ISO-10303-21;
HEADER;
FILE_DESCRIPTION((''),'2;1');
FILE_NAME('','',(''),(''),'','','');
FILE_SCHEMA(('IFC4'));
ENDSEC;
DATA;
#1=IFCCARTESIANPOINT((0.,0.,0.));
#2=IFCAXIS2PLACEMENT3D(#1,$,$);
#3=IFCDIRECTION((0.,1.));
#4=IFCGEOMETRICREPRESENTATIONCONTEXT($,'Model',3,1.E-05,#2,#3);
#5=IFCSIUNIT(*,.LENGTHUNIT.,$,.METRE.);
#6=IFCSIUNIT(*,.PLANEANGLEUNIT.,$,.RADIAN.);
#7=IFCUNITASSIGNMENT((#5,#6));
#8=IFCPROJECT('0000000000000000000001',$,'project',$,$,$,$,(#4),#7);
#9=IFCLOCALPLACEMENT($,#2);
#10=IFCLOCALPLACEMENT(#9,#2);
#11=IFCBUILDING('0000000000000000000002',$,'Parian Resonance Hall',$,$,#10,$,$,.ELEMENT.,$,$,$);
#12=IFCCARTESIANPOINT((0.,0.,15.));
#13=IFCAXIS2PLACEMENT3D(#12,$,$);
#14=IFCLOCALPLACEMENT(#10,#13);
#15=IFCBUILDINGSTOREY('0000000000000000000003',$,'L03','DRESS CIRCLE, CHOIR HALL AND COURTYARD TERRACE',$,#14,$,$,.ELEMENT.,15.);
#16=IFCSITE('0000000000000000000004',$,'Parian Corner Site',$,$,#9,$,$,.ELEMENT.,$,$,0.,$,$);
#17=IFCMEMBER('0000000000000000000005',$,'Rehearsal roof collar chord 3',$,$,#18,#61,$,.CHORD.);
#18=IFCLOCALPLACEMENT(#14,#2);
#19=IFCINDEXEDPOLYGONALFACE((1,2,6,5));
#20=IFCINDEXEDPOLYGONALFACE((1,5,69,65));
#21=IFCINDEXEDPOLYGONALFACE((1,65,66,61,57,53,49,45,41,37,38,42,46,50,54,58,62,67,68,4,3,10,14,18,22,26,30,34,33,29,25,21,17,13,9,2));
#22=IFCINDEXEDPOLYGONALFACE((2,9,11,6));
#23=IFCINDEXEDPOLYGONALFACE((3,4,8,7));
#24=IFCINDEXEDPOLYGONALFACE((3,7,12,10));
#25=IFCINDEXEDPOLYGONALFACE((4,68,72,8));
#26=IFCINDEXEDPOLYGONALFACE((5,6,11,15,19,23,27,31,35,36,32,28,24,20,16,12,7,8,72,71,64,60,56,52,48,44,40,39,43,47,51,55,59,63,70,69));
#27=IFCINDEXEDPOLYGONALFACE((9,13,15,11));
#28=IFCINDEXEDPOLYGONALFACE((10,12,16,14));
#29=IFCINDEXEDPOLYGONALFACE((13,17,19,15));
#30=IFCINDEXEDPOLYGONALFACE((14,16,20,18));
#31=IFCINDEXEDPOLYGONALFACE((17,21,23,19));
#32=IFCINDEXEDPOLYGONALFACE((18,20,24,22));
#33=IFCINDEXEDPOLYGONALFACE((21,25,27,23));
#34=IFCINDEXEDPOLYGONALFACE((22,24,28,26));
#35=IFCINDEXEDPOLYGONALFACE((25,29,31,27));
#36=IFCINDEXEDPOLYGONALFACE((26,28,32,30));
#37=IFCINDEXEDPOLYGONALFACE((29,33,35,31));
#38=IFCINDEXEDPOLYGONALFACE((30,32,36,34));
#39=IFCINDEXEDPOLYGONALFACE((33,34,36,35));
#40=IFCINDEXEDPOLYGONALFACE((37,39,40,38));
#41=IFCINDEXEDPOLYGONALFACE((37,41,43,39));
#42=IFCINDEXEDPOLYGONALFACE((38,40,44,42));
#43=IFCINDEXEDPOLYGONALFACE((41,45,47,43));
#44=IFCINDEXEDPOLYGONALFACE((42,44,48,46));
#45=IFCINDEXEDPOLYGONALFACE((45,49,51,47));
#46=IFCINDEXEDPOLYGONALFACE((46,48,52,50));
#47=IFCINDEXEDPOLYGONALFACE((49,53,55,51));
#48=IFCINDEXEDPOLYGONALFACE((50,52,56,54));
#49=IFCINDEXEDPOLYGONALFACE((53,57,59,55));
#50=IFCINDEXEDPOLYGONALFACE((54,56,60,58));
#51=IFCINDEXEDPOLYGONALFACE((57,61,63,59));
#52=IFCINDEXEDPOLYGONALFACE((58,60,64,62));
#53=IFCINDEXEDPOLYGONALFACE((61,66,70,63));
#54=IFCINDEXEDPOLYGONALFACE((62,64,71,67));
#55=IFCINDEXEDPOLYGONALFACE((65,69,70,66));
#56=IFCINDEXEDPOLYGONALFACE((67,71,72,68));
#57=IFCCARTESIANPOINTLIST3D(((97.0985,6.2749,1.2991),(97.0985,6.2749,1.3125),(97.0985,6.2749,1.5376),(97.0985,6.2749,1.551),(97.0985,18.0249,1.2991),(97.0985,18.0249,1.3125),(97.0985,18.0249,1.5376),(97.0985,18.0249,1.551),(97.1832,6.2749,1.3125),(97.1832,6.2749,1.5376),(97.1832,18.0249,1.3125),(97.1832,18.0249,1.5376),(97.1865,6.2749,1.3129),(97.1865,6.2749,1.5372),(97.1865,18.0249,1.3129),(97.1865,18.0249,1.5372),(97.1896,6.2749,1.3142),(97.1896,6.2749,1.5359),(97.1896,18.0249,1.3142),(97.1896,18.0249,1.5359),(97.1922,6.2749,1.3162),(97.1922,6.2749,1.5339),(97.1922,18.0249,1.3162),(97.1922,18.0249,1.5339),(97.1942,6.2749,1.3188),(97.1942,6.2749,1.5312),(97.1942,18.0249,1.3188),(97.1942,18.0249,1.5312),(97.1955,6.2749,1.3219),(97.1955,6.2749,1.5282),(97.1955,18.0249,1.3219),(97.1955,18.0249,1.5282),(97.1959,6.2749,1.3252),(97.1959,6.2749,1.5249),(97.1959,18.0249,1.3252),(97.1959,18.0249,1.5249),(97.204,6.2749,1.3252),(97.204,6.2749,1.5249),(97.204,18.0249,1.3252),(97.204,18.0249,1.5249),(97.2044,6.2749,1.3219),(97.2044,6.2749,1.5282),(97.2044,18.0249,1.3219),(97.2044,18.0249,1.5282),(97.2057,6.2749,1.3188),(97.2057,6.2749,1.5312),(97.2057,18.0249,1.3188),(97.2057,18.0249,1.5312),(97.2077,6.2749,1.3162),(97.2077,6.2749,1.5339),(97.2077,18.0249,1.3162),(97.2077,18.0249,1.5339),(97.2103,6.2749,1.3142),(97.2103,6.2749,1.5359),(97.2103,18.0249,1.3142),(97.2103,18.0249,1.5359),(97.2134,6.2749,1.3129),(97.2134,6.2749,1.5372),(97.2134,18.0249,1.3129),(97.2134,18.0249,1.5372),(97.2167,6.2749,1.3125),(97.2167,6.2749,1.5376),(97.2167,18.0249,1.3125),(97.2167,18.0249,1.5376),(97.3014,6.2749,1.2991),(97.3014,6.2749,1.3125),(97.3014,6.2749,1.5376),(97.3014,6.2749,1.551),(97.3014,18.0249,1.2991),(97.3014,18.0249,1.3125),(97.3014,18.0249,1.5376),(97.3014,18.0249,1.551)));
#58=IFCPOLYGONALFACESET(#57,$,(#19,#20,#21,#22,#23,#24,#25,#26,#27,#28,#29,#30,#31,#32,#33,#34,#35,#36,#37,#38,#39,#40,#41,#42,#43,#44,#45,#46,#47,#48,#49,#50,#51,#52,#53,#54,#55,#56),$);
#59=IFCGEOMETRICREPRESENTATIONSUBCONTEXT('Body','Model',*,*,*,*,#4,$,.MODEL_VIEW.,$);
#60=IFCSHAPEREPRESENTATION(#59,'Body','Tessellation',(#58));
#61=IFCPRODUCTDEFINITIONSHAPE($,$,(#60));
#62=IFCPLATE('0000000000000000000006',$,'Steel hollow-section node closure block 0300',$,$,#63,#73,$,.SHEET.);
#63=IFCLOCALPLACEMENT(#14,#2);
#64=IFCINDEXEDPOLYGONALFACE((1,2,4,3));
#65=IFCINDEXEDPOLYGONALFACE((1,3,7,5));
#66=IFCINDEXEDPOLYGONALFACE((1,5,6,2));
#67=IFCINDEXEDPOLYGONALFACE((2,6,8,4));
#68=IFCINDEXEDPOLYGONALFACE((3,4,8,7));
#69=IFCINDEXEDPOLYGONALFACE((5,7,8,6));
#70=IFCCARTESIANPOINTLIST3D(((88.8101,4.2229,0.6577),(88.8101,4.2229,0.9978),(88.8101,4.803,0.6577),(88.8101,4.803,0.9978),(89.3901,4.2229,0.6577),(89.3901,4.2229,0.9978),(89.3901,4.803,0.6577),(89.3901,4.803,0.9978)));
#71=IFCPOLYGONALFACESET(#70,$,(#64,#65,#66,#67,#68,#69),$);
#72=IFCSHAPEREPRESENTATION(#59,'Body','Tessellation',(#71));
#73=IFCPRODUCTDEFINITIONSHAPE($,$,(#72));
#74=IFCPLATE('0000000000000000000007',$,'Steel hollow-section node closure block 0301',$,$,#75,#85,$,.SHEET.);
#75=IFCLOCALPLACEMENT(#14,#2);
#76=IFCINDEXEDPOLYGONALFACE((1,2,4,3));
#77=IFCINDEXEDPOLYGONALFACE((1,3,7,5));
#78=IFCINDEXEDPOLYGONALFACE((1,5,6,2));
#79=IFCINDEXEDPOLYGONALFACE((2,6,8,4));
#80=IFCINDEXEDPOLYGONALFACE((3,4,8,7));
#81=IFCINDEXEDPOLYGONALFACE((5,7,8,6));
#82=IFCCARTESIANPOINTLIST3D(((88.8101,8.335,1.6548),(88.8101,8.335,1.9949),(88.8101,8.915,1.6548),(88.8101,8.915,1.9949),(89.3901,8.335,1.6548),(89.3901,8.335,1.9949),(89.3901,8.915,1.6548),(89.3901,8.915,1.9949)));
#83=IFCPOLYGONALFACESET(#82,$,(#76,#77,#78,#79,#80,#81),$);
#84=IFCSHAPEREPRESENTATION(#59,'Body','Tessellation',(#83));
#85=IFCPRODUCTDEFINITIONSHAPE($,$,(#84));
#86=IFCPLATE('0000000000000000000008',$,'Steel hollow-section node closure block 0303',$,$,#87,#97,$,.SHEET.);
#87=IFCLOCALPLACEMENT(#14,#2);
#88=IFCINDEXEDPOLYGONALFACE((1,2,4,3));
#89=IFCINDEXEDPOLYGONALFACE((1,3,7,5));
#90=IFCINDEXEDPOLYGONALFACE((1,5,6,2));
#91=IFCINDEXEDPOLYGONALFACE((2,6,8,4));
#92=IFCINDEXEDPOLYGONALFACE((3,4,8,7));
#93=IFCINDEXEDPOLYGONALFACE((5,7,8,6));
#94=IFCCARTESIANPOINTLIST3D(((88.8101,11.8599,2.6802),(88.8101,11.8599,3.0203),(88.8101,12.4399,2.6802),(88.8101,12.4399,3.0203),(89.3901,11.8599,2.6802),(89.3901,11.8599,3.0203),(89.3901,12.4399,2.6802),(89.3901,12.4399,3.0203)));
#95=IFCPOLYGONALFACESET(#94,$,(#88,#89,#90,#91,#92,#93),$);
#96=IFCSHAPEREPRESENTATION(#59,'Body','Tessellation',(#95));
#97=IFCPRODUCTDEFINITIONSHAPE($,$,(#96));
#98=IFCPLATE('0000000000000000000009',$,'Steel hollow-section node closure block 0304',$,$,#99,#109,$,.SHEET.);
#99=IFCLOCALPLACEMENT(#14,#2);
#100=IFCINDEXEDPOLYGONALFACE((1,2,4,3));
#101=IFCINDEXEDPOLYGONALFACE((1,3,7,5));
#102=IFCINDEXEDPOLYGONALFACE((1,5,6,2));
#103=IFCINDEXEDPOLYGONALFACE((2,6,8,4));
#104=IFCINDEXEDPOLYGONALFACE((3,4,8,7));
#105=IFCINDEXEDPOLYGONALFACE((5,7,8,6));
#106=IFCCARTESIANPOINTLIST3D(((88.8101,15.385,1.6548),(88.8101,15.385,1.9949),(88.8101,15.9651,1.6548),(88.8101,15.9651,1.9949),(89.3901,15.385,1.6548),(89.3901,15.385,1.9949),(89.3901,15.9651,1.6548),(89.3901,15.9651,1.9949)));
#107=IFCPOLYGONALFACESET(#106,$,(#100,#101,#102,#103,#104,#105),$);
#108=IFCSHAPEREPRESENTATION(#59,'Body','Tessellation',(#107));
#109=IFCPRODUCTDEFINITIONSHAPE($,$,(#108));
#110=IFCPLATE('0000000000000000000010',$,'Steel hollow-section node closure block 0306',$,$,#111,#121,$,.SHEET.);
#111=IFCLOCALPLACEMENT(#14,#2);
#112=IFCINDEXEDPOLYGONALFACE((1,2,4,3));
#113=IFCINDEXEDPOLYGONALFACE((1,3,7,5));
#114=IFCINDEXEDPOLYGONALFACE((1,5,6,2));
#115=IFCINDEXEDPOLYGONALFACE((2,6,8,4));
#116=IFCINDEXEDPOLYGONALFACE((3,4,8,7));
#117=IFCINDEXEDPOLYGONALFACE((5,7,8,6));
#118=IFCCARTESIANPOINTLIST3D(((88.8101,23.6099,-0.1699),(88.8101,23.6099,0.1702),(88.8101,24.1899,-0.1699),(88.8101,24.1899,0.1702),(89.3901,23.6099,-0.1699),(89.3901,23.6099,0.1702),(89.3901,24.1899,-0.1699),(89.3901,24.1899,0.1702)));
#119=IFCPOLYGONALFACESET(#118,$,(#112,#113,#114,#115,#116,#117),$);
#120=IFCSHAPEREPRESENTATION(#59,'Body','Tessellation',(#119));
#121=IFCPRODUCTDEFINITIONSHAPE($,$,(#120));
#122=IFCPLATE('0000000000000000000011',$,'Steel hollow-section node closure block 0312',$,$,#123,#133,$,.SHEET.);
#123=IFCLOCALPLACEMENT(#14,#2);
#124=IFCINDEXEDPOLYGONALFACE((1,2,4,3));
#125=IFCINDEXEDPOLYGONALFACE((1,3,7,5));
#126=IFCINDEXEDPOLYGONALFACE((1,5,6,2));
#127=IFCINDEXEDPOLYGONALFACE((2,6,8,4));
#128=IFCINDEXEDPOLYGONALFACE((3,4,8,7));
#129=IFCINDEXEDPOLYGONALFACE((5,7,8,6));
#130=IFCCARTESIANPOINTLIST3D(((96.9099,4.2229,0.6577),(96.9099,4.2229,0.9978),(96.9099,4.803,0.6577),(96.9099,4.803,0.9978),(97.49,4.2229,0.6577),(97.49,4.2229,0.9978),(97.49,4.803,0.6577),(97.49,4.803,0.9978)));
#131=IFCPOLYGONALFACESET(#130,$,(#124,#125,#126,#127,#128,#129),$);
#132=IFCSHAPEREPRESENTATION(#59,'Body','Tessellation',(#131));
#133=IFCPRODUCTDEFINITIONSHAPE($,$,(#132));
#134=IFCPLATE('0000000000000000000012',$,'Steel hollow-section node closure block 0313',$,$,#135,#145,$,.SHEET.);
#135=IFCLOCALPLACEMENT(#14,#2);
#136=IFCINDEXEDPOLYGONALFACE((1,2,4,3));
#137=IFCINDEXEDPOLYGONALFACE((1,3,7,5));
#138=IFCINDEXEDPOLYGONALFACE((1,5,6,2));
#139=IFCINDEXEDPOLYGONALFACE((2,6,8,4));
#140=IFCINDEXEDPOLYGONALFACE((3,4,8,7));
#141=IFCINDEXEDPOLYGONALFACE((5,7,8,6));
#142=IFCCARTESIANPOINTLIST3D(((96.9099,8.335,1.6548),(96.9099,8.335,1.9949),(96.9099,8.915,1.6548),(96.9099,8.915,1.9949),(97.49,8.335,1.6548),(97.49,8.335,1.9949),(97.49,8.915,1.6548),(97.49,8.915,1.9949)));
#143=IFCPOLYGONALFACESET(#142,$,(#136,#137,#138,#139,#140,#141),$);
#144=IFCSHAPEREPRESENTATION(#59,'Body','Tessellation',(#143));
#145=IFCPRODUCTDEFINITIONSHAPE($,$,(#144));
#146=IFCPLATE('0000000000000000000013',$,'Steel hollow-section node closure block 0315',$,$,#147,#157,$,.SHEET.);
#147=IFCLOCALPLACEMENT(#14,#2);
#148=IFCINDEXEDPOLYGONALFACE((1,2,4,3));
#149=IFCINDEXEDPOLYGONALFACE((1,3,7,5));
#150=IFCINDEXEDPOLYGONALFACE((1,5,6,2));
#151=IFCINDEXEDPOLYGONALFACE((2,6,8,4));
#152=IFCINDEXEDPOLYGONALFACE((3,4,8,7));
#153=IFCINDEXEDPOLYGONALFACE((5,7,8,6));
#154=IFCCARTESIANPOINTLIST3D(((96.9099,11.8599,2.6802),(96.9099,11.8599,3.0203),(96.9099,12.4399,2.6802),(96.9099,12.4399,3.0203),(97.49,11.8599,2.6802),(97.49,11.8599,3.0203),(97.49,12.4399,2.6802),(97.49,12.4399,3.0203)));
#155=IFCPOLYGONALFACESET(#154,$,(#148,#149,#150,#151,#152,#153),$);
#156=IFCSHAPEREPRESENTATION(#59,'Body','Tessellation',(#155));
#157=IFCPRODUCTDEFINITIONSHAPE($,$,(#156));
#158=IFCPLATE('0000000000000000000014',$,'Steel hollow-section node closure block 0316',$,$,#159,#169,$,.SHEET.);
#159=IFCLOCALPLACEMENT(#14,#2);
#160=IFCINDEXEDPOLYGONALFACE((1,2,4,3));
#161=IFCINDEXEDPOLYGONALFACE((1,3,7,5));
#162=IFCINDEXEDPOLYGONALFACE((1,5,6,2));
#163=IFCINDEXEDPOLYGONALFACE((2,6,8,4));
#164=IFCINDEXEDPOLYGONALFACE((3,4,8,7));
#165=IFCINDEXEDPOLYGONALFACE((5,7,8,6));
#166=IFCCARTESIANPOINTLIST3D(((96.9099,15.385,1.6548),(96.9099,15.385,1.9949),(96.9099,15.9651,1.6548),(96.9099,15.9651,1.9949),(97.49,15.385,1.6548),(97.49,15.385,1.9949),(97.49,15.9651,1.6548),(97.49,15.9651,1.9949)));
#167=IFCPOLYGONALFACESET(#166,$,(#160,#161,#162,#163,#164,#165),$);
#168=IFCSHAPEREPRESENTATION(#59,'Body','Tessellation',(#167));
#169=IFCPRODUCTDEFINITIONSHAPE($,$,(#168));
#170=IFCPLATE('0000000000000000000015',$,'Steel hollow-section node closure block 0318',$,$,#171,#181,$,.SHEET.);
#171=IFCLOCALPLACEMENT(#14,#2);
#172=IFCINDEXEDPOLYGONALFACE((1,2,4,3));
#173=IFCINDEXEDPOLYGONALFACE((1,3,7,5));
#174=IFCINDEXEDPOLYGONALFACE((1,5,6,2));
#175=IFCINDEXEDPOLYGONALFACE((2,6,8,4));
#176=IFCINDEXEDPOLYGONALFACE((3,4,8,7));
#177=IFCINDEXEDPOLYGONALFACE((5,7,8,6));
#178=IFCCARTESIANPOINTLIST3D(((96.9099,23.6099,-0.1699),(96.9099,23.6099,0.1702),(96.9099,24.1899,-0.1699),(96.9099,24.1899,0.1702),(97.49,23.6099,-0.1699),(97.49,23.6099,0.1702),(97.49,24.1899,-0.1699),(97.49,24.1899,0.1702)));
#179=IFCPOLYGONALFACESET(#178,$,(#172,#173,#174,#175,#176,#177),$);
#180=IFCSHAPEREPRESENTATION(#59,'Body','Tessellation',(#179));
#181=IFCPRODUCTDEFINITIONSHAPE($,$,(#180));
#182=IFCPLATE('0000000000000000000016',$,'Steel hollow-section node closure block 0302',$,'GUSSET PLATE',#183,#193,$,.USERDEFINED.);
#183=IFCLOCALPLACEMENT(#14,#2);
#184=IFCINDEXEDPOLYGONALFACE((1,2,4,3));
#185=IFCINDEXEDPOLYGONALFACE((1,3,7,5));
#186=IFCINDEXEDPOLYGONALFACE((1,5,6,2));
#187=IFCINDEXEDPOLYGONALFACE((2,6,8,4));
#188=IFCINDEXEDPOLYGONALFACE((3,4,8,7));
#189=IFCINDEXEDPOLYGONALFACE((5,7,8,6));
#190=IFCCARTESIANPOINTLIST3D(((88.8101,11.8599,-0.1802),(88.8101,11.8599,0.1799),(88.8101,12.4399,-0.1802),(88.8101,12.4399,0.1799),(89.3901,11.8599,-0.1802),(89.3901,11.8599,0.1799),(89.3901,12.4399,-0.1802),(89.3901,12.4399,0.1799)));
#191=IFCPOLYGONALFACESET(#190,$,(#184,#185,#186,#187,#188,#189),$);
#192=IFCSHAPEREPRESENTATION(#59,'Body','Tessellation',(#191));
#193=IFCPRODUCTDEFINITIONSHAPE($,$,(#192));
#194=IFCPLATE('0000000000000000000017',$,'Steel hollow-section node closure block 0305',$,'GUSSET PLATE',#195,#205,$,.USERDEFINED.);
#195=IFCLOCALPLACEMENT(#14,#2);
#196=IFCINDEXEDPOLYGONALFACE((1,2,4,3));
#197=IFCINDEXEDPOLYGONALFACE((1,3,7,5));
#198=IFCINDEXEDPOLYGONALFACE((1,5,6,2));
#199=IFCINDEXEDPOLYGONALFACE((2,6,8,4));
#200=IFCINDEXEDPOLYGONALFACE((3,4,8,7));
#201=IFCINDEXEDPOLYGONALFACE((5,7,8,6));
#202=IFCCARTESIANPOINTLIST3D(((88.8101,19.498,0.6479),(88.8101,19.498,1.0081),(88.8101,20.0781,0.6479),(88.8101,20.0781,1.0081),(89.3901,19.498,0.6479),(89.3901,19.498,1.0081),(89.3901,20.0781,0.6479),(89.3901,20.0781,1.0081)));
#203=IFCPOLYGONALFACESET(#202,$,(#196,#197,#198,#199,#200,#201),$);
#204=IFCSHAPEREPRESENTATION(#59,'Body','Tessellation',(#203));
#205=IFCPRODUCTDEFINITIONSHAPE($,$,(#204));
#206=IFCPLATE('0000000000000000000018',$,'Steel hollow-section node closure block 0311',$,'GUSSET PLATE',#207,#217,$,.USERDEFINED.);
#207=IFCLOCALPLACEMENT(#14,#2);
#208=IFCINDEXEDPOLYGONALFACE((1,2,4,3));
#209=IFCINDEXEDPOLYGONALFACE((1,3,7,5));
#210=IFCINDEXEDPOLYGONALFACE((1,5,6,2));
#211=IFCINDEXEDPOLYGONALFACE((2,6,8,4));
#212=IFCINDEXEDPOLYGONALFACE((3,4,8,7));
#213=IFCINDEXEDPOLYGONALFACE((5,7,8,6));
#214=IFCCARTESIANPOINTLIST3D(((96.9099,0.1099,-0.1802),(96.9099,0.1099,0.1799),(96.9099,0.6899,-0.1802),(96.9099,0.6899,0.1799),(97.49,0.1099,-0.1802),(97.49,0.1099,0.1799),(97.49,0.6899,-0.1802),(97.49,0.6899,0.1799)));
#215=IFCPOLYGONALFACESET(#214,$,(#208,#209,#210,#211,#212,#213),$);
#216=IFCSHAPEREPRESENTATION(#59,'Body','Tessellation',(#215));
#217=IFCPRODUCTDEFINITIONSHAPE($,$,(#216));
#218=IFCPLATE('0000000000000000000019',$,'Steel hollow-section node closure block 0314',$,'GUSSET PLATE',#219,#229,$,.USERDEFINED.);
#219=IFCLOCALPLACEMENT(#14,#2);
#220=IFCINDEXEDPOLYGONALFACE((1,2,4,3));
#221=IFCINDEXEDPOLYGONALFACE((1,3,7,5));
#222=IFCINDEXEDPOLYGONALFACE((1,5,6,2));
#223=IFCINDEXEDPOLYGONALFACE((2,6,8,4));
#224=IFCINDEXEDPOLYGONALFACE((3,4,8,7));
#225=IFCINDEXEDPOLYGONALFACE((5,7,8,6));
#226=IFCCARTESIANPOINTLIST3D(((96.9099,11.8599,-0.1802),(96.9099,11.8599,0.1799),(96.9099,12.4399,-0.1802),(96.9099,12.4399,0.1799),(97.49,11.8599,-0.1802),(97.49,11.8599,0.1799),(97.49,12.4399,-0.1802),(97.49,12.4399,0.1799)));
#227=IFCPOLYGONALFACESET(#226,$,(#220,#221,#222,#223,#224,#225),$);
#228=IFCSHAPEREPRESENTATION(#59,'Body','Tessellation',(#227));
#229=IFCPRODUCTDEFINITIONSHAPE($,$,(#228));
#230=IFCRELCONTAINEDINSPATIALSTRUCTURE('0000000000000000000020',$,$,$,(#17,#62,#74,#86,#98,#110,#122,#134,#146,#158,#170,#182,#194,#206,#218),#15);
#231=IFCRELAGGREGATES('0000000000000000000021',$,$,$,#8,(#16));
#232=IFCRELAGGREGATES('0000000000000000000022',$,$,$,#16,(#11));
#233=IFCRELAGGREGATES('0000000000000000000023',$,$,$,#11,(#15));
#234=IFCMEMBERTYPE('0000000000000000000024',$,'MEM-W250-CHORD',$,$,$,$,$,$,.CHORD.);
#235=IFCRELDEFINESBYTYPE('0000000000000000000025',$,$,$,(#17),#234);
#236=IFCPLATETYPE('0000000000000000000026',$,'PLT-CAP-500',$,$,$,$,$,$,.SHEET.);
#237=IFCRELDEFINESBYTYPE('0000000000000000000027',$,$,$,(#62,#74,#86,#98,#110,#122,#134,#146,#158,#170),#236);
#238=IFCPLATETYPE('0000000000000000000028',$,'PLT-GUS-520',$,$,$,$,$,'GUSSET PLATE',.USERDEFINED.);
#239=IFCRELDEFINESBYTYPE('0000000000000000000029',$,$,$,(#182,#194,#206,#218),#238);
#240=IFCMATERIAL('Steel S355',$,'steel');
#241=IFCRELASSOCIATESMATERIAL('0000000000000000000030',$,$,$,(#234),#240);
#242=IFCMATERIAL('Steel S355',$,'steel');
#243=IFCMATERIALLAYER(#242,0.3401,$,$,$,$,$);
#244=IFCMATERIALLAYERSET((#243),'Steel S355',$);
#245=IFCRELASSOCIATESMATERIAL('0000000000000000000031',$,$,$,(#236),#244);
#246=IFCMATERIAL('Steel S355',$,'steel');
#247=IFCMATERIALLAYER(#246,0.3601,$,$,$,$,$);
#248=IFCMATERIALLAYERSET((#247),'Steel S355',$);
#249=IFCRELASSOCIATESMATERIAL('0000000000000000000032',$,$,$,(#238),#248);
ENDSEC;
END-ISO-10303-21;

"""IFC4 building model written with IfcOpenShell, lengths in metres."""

from ifc_helpers import new_model, si_unit, direction, frame, origin, origin_2d, place, context, subcontext, project, spatial, rectangle, i_section, extrude, material, layer, layer_set, material_profile, profile_set, type_object, element, save


model = new_model("IFC4")

# Units and contexts
model_context = context("Model", 3, precision=1e-05, world=origin(), true_north=direction((0.0, 1.0)))
body_context = subcontext(model_context, "Body", "Model", "MODEL_VIEW")
ifc_project = project(units=[si_unit("LENGTHUNIT", "METRE"), si_unit("PLANEANGLEUNIT", "RADIAN")], contexts=[model_context])

# Site, building, storey
site_placement = place(None, origin())
site = spatial("IfcSite", under=ifc_project, at=site_placement, Name="Parian Corner Site", CompositionType="ELEMENT", RefElevation=0.0)
building_placement = place(site_placement, origin())
building = spatial("IfcBuilding", under=site, at=building_placement, Name="Parian Resonance Hall", CompositionType="ELEMENT")
storey_placement = place(building_placement, frame((0.0, 0.0, 15.0)))
storey = spatial("IfcBuildingStorey", under=building, at=storey_placement, Name="L03", Description="DRESS CIRCLE, CHOIR HALL AND COURTYARD TERRACE", CompositionType="ELEMENT", Elevation=15.0)

# Member
ifc_material_1 = material(Name="Steel S355", Category="steel")
ifc_material_profile_1 = material_profile(ifc_material_1, i_section(OverallWidth=0.2029, OverallDepth=0.252, WebThickness=0.0081, FlangeThickness=0.0134, FilletRadius=0.0127, at=origin_2d()), Name="W250x58")
ifc_profile_set_1 = profile_set([ifc_material_profile_1], Name="Steel S355")
member_type_1 = type_object("IfcMemberType", Name="MEM-W250-CHORD", PredefinedType="CHORD", material=ifc_profile_set_1)
for number, where, z_axis, x_axis, name in (
    (1, (97.2, 6.2749, 1.425), (0.0, 1.0, 0.0), (-1.0, 0.0, 0.0), "Rehearsal roof collar chord 3"),
):
    element("IfcMember", number, at=place(storey_placement, frame(where, z_axis=z_axis, x_axis=x_axis)), inside=storey, type_object=member_type_1, Name=name, PredefinedType="CHORD", context=body_context, shape_type="SweptSolid", body=[
        extrude(i_section(OverallWidth=0.2029, OverallDepth=0.252, WebThickness=0.0081, FlangeThickness=0.0134, FilletRadius=0.0127, at=origin_2d()), origin(), (0.0, 0.0, 1.0), 11.75),
    ])

# Plates
ifc_material_2 = material(Name="Steel S355", Category="steel")
ifc_layer_1 = layer(ifc_material_2, 0.3401)
ifc_layer_set_1 = layer_set([ifc_layer_1], Name="Steel S355")
plate_type_1 = type_object("IfcPlateType", Name="PLT-CAP-500", PredefinedType="SHEET", material=ifc_layer_set_1)
for number, where, z_axis, x_axis, name in (
    (2, (89.1001, 4.5129, 0.6577), (0.0, 0.0, 1.0), (1.0, 0.0, 0.0), "Steel hollow-section node closure block 0300"),
    (3, (89.1001, 8.625, 1.6548), (0.0, 0.0, 1.0), (1.0, 0.0, 0.0), "Steel hollow-section node closure block 0301"),
    (4, (89.1001, 12.1499, 2.6802), (0.0, 0.0, 1.0), (1.0, 0.0, 0.0), "Steel hollow-section node closure block 0303"),
    (5, (89.1001, 15.675, 1.6548), (0.0, 0.0, 1.0), (1.0, 0.0, 0.0), "Steel hollow-section node closure block 0304"),
    (6, (89.1001, 23.8999, -0.1699), (0.0, 0.0, 1.0), (1.0, 0.0, 0.0), "Steel hollow-section node closure block 0306"),
    (7, (97.2, 4.5129, 0.6577), (0.0, 0.0, 1.0), (1.0, 0.0, 0.0), "Steel hollow-section node closure block 0312"),
    (8, (97.2, 8.625, 1.6548), (0.0, 0.0, 1.0), (1.0, 0.0, 0.0), "Steel hollow-section node closure block 0313"),
    (9, (97.2, 12.1499, 2.6802), (0.0, 0.0, 1.0), (1.0, 0.0, 0.0), "Steel hollow-section node closure block 0315"),
    (10, (97.2, 15.675, 1.6548), (0.0, 0.0, 1.0), (1.0, 0.0, 0.0), "Steel hollow-section node closure block 0316"),
    (11, (97.2, 23.8999, -0.1699), (0.0, 0.0, 1.0), (1.0, 0.0, 0.0), "Steel hollow-section node closure block 0318"),
):
    element("IfcPlate", number, at=place(storey_placement, frame(where, z_axis=z_axis, x_axis=x_axis)), inside=storey, type_object=plate_type_1, Name=name, PredefinedType="SHEET", context=body_context, shape_type="SweptSolid", body=[
        extrude(rectangle(XDim=0.5801, YDim=0.5801, at=origin_2d()), origin(), (0.0, 0.0, 1.0), 0.3401),
    ])
ifc_material_3 = material(Name="Steel S355", Category="steel")
ifc_layer_2 = layer(ifc_material_3, 0.3601)
ifc_layer_set_2 = layer_set([ifc_layer_2], Name="Steel S355")
plate_type_2 = type_object("IfcPlateType", Name="PLT-GUS-520", ElementType="GUSSET PLATE", PredefinedType="USERDEFINED", material=ifc_layer_set_2)
for number, where, z_axis, x_axis, name in (
    (12, (89.1001, 12.1499, -0.1802), (0.0, 0.0, 1.0), (1.0, 0.0, 0.0), "Steel hollow-section node closure block 0302"),
    (13, (89.1001, 19.7881, 0.6479), (0.0, 0.0, 1.0), (1.0, 0.0, 0.0), "Steel hollow-section node closure block 0305"),
    (14, (97.2, 0.3999, -0.1802), (0.0, 0.0, 1.0), (1.0, 0.0, 0.0), "Steel hollow-section node closure block 0311"),
    (15, (97.2, 12.1499, -0.1802), (0.0, 0.0, 1.0), (1.0, 0.0, 0.0), "Steel hollow-section node closure block 0314"),
):
    element("IfcPlate", number, at=place(storey_placement, frame(where, z_axis=z_axis, x_axis=x_axis)), inside=storey, type_object=plate_type_2, Name=name, ObjectType="GUSSET PLATE", PredefinedType="USERDEFINED", context=body_context, shape_type="SweptSolid", body=[
        extrude(rectangle(XDim=0.5801, YDim=0.5801, at=origin_2d()), origin(), (0.0, 0.0, 1.0), 0.3601),
    ])

save(model, "model.ifc")
